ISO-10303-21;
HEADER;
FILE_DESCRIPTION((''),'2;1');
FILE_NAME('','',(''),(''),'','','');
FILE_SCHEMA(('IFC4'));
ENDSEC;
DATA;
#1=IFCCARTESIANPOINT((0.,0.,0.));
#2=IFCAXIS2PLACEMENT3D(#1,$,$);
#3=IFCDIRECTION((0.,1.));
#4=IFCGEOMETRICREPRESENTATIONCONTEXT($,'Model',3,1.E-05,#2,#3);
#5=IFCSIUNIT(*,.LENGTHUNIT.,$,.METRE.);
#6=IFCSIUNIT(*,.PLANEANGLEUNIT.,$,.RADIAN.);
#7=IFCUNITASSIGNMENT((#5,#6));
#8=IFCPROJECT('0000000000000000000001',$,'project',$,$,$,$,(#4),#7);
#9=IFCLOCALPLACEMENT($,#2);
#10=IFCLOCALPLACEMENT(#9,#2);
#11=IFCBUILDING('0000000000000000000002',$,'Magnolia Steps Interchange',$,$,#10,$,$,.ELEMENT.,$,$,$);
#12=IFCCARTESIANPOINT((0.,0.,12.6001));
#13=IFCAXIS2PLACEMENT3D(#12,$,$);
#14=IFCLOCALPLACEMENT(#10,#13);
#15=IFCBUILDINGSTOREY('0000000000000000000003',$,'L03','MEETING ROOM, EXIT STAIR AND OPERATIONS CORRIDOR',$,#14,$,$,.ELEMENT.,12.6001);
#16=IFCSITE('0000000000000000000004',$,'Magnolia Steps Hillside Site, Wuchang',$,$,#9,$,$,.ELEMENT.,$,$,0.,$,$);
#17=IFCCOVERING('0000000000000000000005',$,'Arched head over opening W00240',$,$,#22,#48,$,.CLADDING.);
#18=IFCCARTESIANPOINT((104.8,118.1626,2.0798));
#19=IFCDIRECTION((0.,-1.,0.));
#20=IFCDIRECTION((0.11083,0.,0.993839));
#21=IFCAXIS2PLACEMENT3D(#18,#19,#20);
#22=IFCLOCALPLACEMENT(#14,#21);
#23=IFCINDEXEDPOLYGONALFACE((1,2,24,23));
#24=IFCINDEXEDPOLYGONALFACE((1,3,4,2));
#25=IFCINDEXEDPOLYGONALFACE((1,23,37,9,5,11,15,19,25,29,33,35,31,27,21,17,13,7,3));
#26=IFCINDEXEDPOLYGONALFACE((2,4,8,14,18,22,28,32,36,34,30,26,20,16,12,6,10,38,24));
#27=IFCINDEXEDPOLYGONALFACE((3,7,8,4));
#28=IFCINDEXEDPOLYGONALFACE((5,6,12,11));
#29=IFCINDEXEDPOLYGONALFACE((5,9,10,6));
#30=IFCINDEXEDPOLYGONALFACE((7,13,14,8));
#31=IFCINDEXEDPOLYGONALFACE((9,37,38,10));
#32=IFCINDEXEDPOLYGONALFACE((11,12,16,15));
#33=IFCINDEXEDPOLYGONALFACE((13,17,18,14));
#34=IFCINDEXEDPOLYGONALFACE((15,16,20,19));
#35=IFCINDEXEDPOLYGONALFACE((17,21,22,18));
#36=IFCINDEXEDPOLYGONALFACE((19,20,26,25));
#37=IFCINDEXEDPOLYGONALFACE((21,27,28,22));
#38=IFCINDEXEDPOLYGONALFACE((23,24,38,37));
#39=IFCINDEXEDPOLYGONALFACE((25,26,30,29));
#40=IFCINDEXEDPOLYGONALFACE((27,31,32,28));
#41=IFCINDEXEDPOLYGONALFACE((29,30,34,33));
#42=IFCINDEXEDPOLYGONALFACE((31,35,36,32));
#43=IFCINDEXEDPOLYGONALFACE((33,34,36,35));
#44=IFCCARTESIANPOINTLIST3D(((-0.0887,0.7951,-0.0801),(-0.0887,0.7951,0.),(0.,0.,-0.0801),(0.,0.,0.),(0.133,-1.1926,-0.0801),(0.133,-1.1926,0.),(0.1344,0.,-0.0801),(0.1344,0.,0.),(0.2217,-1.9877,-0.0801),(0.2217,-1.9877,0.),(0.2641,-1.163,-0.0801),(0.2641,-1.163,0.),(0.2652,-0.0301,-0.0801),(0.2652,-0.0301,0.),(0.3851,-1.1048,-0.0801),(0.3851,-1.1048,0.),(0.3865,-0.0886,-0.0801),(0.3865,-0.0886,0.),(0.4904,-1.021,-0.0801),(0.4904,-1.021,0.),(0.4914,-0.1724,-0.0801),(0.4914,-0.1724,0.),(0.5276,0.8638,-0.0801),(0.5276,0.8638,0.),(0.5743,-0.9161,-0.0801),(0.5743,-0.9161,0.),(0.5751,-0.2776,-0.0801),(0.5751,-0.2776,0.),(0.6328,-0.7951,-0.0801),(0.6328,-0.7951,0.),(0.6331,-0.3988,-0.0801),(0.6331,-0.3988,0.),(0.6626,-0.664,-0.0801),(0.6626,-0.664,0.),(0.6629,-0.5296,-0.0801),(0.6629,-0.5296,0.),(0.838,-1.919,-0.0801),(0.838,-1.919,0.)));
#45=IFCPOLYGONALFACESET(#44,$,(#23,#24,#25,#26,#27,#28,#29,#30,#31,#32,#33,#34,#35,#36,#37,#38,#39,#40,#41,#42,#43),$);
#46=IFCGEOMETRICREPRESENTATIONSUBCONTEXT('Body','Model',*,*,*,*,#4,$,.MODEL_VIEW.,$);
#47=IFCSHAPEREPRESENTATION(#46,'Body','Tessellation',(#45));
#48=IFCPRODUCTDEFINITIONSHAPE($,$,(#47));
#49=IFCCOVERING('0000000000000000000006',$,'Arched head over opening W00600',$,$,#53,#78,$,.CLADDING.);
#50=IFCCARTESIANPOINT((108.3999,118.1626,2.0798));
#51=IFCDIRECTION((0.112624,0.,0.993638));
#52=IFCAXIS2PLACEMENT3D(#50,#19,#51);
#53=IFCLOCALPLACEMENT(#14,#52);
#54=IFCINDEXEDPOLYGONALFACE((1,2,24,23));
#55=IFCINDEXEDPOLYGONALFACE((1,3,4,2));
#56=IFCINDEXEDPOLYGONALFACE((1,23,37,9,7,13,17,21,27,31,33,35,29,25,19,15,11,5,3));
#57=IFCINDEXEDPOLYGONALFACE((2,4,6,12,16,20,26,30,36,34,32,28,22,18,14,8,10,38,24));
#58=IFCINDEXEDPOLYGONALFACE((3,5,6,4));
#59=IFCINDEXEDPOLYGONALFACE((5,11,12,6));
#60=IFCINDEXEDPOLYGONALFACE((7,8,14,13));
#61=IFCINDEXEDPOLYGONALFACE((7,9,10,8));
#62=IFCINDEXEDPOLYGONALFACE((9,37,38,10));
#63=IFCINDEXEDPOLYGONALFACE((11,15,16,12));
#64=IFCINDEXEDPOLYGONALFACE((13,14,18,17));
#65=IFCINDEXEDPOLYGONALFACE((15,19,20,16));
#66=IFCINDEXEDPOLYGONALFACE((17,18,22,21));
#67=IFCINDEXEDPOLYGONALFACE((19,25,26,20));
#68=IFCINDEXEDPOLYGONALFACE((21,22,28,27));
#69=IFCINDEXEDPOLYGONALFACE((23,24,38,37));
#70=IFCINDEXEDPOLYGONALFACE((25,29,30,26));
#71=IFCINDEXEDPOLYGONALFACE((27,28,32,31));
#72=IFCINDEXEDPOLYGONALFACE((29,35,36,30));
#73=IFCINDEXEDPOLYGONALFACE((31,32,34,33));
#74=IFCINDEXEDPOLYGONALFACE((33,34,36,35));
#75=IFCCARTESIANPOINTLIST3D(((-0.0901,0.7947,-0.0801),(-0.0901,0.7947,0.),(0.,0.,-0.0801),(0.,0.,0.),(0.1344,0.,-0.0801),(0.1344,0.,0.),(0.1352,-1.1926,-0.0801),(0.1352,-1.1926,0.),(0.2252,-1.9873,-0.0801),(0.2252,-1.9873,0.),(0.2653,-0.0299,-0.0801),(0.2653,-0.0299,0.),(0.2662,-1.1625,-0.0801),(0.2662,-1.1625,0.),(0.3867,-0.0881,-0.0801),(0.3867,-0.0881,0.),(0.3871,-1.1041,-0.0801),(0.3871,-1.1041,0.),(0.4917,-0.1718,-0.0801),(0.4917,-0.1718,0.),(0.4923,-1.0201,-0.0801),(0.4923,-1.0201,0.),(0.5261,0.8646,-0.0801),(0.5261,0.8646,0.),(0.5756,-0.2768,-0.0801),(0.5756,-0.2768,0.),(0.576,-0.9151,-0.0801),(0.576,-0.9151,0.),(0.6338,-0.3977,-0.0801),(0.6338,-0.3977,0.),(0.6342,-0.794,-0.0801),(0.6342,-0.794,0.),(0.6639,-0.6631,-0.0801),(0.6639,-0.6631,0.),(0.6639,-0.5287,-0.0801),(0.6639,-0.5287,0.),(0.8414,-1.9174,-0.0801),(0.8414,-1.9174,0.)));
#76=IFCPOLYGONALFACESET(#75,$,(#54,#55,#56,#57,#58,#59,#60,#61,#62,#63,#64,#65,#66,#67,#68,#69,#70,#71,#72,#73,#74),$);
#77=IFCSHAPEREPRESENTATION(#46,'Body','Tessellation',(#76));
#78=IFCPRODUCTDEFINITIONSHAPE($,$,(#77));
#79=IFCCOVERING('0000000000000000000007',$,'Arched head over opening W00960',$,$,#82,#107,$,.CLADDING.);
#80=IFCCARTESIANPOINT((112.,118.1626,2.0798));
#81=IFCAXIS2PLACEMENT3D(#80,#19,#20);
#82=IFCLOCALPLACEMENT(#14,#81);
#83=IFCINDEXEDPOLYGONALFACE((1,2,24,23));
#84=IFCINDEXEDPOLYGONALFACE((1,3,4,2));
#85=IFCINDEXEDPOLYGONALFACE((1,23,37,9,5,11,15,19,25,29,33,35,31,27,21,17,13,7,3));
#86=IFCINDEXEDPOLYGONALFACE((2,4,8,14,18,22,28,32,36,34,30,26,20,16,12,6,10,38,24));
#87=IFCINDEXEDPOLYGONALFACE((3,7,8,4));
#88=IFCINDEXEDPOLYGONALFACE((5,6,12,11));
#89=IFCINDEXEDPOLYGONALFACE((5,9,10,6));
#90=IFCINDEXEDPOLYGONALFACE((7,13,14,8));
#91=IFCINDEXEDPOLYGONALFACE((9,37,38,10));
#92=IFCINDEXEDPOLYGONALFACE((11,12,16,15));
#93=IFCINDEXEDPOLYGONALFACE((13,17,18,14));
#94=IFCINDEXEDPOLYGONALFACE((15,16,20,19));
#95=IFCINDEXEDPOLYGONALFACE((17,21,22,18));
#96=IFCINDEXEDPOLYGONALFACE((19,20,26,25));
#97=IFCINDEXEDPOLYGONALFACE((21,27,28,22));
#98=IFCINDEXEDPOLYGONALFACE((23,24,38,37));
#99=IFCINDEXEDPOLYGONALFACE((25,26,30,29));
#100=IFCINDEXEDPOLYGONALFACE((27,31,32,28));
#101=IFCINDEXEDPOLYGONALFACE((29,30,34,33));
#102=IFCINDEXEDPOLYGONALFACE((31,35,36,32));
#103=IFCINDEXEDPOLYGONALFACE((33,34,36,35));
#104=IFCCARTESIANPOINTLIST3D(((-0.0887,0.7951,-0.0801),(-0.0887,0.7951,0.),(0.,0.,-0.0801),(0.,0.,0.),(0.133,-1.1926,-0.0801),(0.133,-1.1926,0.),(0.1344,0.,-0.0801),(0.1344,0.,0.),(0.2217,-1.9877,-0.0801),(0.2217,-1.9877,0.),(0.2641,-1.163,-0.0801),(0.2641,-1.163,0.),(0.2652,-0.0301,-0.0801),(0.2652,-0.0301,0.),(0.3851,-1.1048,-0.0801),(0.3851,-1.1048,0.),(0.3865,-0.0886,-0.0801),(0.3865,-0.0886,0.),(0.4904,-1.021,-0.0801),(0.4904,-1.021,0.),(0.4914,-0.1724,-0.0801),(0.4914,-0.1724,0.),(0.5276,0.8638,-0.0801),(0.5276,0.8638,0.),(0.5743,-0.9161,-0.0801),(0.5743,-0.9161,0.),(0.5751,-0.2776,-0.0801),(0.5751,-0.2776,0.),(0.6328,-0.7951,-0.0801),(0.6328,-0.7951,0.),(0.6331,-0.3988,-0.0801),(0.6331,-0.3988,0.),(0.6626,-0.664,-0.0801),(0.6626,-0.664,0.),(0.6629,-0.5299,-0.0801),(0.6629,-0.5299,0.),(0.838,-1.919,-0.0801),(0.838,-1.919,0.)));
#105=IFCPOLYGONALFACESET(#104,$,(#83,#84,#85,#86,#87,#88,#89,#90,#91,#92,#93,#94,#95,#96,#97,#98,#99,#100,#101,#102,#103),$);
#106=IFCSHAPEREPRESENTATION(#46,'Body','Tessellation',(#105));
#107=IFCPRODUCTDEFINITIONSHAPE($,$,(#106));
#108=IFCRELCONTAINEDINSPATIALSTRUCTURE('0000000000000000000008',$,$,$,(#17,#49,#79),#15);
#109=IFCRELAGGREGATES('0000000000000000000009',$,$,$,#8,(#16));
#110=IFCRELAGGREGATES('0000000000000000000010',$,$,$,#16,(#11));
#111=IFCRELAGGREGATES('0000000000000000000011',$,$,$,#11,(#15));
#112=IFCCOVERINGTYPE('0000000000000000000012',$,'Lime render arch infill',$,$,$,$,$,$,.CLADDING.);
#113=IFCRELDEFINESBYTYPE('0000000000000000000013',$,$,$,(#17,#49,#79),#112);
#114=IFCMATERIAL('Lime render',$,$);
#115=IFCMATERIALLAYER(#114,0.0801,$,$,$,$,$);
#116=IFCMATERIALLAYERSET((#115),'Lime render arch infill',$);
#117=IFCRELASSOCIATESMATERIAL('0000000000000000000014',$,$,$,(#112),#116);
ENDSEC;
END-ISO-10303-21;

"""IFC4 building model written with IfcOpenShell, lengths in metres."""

from ifc_helpers import new_model, si_unit, direction, frame, origin, place, context, subcontext, project, spatial, polyline, outline, extrude, material, layer, layer_set, type_object, element, save


model = new_model("IFC4")

# Units and contexts
model_context = context("Model", 3, precision=1e-05, world=origin(), true_north=direction((0.0, 1.0)))
body_context = subcontext(model_context, "Body", "Model", "MODEL_VIEW")
ifc_project = project(units=[si_unit("LENGTHUNIT", "METRE"), si_unit("PLANEANGLEUNIT", "RADIAN")], contexts=[model_context])

# Site, building, storey
site_placement = place(None, origin())
site = spatial("IfcSite", under=ifc_project, at=site_placement, Name="Magnolia Steps Hillside Site, Wuchang", CompositionType="ELEMENT", RefElevation=0.0)
building_placement = place(site_placement, origin())
building = spatial("IfcBuilding", under=site, at=building_placement, Name="Magnolia Steps Interchange", CompositionType="ELEMENT")
storey_placement = place(building_placement, frame((0.0, 0.0, 12.6001)))
storey = spatial("IfcBuildingStorey", under=building, at=storey_placement, Name="L03", Description="MEETING ROOM, EXIT STAIR AND OPERATIONS CORRIDOR", CompositionType="ELEMENT", Elevation=12.6001)

# Coverings
ifc_material_1 = material(Name="Lime render")
ifc_layer_1 = layer(ifc_material_1, 0.0801)
ifc_layer_set_1 = layer_set([ifc_layer_1], Name="Lime render arch infill")
covering_type_1 = type_object("IfcCoveringType", Name="Lime render arch infill", PredefinedType="CLADDING", material=ifc_layer_set_1)
covering_1_placement = place(storey_placement, frame((104.8, 118.1626, 2.0798), z_axis=(0.0, -1.0, 0.0), x_axis=(0.11083, 0.0, 0.993839)))
element("IfcCovering", 1, at=covering_1_placement, inside=storey, type_object=covering_type_1, Name="Arched head over opening W00240", PredefinedType="CLADDING", context=body_context, shape_type="SweptSolid", body=[
    extrude(outline(polyline([(0.0, 0.0), (0.1344, 0.0), (0.2652, -0.0301), (0.3865, -0.0886), (0.4914, -0.1724), (0.5751, -0.2776), (0.6331, -0.3988), (0.6629, -0.5296), (0.6626, -0.664), (0.6328, -0.7951), (0.5743, -0.9161), (0.4904, -1.021), (0.3851, -1.1048), (0.2641, -1.163), (0.133, -1.1926), (0.2217, -1.9877), (0.838, -1.919), (0.5276, 0.8638), (-0.0887, 0.7951), (0.0, 0.0)])), origin(), (0.0, 0.0, -1.0), 0.0801),
])
covering_2_placement = place(storey_placement, frame((108.3999, 118.1626, 2.0798), z_axis=(0.0, -1.0, 0.0), x_axis=(0.112624, 0.0, 0.993638)))
element("IfcCovering", 2, at=covering_2_placement, inside=storey, type_object=covering_type_1, Name="Arched head over opening W00600", PredefinedType="CLADDING", context=body_context, shape_type="SweptSolid", body=[
    extrude(outline(polyline([(0.0, 0.0), (0.1344, 0.0), (0.2653, -0.0299), (0.3867, -0.0881), (0.4917, -0.1718), (0.5756, -0.2768), (0.6338, -0.3977), (0.6639, -0.5287), (0.6639, -0.6631), (0.6342, -0.794), (0.576, -0.9151), (0.4923, -1.0201), (0.3871, -1.1041), (0.2662, -1.1625), (0.1352, -1.1926), (0.2252, -1.9873), (0.8414, -1.9174), (0.5261, 0.8646), (-0.0901, 0.7947), (0.0, 0.0)])), origin(), (0.0, 0.0, -1.0), 0.0801),
])
covering_3_placement = place(storey_placement, frame((112.0, 118.1626, 2.0798), z_axis=(0.0, -1.0, 0.0), x_axis=(0.11083, 0.0, 0.993839)))
element("IfcCovering", 3, at=covering_3_placement, inside=storey, type_object=covering_type_1, Name="Arched head over opening W00960", PredefinedType="CLADDING", context=body_context, shape_type="SweptSolid", body=[
    extrude(outline(polyline([(0.0, 0.0), (0.1344, 0.0), (0.2652, -0.0301), (0.3865, -0.0886), (0.4914, -0.1724), (0.5751, -0.2776), (0.6331, -0.3988), (0.6629, -0.5299), (0.6626, -0.664), (0.6328, -0.7951), (0.5743, -0.9161), (0.4904, -1.021), (0.3851, -1.1048), (0.2641, -1.163), (0.133, -1.1926), (0.2217, -1.9877), (0.838, -1.919), (0.5276, 0.8638), (-0.0887, 0.7951), (0.0, 0.0)])), origin(), (0.0, 0.0, -1.0), 0.0801),
])

save(model, "model.ifc")
